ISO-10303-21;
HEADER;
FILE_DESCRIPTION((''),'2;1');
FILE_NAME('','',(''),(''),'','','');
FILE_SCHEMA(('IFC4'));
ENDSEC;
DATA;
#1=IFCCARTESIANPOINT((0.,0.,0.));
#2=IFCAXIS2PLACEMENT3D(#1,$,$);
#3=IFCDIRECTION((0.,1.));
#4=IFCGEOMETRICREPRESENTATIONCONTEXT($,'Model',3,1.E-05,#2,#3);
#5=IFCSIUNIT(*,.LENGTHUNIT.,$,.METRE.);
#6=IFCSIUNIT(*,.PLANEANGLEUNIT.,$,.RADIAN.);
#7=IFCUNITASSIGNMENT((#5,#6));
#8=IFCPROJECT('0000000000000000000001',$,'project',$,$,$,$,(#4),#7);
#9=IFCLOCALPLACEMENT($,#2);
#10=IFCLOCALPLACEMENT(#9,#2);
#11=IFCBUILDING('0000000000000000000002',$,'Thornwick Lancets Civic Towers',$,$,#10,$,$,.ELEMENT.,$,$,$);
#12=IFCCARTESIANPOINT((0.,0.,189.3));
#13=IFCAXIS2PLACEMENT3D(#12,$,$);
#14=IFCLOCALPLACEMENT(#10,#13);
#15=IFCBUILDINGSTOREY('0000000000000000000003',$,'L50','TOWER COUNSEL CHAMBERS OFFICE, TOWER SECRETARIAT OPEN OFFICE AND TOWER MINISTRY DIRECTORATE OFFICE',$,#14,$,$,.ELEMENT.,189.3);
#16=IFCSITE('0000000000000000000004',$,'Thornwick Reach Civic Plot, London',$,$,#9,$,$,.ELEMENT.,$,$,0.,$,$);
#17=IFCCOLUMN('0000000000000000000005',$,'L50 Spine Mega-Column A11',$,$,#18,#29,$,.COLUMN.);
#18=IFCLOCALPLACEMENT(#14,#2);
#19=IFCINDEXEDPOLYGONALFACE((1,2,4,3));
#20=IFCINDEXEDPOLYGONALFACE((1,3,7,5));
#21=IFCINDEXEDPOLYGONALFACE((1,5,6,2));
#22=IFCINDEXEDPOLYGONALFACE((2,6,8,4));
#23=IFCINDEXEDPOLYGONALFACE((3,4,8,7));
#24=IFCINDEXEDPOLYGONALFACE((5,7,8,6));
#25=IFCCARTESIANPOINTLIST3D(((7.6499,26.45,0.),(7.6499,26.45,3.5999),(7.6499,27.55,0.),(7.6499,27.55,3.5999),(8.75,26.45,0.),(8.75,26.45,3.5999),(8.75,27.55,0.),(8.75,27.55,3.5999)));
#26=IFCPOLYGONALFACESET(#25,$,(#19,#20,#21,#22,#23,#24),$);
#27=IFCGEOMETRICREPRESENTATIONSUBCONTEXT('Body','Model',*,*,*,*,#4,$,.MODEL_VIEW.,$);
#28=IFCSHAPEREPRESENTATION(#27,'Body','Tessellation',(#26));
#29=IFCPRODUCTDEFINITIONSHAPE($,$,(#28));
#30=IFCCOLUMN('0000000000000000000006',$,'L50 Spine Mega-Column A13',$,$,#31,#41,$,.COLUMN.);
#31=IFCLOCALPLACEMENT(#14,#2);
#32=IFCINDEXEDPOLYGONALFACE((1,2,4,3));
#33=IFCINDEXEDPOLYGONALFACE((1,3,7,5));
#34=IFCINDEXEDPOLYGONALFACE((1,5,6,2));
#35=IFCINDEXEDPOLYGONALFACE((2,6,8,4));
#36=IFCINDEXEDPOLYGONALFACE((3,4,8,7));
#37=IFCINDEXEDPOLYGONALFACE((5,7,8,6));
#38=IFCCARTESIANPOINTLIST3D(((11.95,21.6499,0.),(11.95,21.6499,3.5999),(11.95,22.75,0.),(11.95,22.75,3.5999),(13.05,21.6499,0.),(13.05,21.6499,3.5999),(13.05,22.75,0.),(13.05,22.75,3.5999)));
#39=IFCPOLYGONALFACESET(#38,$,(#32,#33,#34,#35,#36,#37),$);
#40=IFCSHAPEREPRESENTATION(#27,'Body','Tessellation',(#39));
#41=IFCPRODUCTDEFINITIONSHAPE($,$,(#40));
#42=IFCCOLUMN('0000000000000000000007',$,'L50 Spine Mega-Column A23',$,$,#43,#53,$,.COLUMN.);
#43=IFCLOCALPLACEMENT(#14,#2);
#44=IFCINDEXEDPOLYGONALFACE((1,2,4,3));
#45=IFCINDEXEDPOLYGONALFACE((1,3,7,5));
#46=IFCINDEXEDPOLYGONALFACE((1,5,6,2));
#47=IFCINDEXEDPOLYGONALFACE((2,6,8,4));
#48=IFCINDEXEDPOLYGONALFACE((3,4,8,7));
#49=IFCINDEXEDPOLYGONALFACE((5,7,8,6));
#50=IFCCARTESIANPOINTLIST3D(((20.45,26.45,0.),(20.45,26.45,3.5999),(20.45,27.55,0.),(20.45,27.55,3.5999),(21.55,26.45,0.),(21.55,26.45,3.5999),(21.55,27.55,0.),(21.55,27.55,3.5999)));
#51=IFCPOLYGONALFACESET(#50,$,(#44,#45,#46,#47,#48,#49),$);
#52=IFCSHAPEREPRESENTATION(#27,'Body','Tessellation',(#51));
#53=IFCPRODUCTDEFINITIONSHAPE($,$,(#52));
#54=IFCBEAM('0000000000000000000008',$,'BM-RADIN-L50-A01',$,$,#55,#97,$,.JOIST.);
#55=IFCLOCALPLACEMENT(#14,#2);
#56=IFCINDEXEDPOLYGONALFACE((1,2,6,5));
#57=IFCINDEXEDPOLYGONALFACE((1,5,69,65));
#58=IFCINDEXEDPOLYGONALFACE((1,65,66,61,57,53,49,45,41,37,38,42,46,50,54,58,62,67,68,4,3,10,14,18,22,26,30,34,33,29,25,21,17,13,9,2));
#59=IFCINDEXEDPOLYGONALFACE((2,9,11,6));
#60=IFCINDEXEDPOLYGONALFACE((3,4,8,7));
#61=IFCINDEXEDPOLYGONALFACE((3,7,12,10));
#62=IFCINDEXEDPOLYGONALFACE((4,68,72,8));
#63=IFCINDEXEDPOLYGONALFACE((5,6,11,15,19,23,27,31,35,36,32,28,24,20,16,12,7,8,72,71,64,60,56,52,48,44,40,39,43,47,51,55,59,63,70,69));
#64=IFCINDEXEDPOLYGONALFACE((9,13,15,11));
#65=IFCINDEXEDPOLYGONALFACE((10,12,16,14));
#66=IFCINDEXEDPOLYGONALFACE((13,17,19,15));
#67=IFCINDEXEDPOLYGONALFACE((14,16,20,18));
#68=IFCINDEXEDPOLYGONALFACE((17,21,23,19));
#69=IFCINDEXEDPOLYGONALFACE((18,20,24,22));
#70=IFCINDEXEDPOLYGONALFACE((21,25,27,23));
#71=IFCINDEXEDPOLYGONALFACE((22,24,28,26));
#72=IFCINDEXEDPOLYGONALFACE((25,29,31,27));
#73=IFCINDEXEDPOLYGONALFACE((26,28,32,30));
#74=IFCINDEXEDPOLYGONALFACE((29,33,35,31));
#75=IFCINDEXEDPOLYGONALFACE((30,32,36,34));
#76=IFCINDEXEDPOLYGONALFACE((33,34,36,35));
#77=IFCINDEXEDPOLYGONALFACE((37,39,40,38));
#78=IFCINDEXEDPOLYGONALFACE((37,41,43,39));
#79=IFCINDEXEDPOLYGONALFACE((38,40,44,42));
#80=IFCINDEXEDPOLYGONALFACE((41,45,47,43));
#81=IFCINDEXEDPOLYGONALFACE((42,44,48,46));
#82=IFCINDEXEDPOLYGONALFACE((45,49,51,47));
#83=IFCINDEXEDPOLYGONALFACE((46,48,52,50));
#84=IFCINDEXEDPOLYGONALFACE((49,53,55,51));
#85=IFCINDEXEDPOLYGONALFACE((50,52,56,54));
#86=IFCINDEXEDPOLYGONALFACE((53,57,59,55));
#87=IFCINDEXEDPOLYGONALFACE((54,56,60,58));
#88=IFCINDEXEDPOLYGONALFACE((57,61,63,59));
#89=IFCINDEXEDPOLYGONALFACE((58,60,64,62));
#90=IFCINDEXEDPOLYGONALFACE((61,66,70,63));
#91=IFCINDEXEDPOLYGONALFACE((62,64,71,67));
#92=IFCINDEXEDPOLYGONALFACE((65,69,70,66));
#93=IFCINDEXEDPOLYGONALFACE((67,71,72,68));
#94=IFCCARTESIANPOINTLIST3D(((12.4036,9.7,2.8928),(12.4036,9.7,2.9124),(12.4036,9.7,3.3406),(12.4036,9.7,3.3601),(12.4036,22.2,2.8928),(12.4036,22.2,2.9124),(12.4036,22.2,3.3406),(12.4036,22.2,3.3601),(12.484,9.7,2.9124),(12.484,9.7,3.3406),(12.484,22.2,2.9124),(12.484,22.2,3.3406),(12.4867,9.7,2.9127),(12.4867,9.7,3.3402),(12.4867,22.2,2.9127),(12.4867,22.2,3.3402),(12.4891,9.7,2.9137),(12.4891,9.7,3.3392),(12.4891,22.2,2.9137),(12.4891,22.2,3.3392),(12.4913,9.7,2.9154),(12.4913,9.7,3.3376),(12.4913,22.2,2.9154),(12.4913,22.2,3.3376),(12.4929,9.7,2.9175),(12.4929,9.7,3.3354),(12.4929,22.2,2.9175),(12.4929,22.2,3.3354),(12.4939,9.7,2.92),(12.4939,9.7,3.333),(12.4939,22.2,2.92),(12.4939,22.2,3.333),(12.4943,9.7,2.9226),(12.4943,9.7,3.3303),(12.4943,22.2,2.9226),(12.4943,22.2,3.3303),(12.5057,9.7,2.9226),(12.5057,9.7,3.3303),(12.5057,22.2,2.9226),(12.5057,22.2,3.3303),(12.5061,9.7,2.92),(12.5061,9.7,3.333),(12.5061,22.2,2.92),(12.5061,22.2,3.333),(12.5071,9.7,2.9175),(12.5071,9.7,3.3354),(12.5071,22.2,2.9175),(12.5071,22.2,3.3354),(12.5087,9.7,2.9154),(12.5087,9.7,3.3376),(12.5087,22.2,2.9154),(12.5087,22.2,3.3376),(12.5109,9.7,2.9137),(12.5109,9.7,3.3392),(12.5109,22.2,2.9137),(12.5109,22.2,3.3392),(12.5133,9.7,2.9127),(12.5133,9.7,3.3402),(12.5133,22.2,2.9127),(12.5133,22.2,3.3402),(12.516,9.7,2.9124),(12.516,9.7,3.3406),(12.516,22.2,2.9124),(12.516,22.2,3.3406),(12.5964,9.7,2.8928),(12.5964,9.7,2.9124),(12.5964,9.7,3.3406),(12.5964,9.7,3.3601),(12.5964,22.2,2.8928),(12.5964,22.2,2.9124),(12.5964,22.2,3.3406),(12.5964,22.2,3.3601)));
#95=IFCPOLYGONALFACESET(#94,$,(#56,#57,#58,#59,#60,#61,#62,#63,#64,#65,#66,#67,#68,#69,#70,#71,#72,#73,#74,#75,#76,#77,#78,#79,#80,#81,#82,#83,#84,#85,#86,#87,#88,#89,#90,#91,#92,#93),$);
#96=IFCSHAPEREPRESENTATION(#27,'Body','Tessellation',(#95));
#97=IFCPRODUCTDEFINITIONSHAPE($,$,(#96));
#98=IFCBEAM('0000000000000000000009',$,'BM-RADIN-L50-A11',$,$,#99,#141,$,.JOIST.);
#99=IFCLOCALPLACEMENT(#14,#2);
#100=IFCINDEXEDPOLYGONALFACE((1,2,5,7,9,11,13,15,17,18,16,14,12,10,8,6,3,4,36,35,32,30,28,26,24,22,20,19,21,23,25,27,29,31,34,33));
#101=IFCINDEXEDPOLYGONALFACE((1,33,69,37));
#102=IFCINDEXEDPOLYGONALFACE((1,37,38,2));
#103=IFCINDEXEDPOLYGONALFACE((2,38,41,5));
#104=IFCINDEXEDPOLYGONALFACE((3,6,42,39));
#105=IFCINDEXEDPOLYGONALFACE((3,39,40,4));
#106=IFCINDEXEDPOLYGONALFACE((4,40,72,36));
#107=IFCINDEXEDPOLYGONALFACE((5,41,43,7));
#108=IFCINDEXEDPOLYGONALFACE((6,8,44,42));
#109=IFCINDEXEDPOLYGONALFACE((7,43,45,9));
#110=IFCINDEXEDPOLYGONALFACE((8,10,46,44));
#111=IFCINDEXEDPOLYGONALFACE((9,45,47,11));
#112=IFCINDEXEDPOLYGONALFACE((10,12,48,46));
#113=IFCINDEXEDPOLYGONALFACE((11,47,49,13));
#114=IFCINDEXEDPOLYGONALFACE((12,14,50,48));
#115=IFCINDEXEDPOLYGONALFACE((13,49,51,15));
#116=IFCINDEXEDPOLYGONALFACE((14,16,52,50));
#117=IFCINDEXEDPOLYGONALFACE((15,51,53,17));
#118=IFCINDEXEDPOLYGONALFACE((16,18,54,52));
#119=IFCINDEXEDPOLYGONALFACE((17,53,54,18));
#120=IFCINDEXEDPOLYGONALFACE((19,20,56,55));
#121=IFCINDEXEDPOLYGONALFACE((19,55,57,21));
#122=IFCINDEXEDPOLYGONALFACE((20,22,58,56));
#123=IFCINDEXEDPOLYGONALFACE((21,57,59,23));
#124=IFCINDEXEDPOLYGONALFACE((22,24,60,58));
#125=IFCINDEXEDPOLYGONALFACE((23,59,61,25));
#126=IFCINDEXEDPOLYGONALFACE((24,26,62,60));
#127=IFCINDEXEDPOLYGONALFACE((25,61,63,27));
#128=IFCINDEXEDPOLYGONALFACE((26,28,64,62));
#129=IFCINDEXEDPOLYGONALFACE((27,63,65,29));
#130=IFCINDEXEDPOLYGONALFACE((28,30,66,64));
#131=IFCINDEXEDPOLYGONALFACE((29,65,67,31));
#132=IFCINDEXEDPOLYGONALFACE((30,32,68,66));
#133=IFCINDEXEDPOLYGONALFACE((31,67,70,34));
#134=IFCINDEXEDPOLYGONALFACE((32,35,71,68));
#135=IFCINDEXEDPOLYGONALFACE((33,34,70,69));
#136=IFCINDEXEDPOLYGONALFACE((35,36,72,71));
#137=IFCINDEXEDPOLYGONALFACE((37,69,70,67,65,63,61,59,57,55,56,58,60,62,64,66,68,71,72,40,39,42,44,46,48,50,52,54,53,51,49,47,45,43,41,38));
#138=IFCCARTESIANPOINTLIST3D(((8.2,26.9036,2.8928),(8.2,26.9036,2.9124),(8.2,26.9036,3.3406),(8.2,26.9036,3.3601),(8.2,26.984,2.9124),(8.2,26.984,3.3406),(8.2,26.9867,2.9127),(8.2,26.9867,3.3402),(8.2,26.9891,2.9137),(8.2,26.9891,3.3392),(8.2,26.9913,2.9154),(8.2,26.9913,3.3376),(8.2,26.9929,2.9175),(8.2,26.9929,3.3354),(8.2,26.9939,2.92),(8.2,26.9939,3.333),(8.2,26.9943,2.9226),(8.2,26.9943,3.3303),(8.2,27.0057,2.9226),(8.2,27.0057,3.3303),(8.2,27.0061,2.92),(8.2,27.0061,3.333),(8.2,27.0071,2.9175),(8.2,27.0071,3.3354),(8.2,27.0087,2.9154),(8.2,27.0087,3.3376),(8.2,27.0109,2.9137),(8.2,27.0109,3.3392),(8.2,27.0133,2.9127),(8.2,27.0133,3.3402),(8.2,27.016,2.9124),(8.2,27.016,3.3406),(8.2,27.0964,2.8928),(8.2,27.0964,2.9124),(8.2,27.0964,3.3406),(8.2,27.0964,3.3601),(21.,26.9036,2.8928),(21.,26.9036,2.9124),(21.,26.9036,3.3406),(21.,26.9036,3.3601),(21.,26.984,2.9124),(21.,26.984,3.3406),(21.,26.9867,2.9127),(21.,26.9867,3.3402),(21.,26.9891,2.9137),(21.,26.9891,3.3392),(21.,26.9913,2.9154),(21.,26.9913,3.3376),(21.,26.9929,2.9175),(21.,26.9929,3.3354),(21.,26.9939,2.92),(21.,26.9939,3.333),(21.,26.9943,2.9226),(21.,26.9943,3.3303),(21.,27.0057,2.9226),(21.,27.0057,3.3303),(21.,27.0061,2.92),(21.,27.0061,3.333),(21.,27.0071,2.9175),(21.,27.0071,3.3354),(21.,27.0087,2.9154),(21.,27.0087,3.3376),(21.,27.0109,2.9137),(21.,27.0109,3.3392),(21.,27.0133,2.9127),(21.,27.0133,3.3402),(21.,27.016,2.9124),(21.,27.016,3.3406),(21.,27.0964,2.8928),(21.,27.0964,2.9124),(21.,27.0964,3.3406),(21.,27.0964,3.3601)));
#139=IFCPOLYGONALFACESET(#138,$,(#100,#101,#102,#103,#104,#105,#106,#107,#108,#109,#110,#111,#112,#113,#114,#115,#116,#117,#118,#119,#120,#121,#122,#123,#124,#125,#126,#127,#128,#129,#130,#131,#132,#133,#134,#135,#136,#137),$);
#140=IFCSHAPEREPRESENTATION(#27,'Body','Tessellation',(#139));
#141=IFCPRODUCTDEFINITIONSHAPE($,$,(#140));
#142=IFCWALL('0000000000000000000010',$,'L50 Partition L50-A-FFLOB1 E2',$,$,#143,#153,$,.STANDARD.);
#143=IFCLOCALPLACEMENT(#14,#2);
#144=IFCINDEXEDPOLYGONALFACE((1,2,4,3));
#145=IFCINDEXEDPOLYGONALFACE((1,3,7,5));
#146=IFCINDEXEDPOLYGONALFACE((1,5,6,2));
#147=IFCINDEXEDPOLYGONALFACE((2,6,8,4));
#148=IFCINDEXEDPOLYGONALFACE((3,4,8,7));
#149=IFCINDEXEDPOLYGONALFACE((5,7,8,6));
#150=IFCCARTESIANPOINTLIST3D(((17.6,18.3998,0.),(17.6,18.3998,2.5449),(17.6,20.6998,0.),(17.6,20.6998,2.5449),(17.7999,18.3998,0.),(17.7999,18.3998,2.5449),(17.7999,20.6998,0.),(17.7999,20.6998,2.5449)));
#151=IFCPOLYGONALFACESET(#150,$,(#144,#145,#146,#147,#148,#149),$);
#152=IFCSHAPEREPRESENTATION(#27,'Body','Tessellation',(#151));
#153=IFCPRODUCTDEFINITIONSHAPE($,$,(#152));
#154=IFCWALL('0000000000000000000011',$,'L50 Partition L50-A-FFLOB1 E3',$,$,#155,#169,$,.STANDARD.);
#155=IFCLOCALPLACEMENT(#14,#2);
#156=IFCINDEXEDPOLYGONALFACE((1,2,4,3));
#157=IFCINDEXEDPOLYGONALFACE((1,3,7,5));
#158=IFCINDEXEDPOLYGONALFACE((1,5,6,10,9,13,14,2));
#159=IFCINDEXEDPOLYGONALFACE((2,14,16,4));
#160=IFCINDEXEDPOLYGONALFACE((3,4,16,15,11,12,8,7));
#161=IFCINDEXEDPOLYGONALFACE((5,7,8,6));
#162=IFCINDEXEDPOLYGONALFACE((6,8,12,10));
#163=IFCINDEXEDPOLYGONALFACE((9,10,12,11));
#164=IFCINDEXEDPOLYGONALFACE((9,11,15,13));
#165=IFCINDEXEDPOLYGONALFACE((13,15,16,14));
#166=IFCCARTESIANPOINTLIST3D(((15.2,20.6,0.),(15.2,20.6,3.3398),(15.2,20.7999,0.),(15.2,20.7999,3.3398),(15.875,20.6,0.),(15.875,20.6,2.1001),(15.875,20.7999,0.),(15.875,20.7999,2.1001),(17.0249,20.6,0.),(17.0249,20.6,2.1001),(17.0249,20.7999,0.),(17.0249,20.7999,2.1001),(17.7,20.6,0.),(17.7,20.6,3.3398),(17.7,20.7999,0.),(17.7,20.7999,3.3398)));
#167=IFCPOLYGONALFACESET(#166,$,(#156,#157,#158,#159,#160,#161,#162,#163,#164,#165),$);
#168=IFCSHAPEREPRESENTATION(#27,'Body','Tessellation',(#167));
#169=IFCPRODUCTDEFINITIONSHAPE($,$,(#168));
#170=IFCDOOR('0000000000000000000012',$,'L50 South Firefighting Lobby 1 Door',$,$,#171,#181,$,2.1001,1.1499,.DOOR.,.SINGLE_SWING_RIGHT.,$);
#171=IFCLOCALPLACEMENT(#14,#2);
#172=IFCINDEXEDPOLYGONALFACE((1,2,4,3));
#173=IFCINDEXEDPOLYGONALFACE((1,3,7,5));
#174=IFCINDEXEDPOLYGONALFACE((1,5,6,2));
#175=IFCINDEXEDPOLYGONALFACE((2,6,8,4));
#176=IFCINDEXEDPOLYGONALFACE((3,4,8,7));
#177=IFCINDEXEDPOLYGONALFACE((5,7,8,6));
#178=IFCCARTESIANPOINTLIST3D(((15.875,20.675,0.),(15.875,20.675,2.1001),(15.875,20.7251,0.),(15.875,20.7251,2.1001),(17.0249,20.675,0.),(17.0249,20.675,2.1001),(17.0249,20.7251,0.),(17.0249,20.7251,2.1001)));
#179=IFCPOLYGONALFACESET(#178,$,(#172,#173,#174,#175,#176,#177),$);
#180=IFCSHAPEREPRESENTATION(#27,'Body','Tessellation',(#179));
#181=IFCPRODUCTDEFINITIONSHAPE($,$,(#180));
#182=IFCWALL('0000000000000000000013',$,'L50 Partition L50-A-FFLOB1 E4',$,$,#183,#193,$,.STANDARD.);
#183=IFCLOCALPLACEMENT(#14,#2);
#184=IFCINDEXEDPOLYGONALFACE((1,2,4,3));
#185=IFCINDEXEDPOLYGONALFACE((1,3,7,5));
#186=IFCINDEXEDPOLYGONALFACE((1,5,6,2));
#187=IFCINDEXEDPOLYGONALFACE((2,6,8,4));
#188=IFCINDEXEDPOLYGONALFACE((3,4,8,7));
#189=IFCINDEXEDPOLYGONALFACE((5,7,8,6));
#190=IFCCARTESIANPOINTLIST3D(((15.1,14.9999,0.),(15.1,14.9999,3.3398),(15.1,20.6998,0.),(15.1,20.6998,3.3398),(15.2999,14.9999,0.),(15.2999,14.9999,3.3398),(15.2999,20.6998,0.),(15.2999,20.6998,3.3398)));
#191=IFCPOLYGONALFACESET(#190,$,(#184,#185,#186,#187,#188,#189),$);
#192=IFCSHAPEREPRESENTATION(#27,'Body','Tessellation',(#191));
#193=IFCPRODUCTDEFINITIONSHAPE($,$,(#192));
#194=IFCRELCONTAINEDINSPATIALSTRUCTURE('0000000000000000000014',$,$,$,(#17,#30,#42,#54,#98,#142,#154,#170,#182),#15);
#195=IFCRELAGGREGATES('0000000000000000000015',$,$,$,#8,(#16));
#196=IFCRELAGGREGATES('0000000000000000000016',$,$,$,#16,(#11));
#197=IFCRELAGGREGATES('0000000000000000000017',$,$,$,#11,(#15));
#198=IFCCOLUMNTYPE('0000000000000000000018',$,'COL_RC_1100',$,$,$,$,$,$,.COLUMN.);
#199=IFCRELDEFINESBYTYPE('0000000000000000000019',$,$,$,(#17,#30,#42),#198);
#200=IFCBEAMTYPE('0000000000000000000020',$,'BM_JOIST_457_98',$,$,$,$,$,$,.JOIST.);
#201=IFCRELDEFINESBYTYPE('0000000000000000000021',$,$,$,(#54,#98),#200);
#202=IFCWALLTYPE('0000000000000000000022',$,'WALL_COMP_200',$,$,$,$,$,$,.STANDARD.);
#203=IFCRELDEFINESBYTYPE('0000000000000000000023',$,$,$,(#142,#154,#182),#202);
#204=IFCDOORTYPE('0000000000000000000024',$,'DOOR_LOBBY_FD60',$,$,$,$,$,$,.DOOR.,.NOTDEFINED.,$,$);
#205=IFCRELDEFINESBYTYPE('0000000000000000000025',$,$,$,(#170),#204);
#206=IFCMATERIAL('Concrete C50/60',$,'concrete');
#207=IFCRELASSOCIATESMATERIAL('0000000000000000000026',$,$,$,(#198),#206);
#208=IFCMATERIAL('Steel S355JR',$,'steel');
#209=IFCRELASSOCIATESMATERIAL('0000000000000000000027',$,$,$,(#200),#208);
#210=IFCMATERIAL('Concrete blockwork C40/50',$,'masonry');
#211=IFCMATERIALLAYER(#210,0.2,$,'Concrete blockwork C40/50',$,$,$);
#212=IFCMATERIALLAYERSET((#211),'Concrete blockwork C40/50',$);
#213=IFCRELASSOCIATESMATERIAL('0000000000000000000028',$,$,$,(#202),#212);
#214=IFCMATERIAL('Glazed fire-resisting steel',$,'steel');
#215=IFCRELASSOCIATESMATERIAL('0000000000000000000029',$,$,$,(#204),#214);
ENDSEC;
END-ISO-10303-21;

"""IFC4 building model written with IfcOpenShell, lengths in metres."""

from ifc_helpers import new_model, si_unit, direction, frame, frame_2d, origin, origin_2d, place, context, subcontext, project, spatial, rectangle, i_section, extrude, material, layer, layer_set, material_profile, profile_set, type_object, element, fill, save


model = new_model("IFC4")

# Units and contexts
model_context = context("Model", 3, precision=1e-05, world=origin(), true_north=direction((0.0, 1.0)))
body_context = subcontext(model_context, "Body", "Model", "MODEL_VIEW")
ifc_project = project(units=[si_unit("LENGTHUNIT", "METRE"), si_unit("PLANEANGLEUNIT", "RADIAN")], contexts=[model_context])

# Site, building, storey
site_placement = place(None, origin())
site = spatial("IfcSite", under=ifc_project, at=site_placement, Name="Thornwick Reach Civic Plot, London", CompositionType="ELEMENT", RefElevation=0.0)
building_placement = place(site_placement, origin())
building = spatial("IfcBuilding", under=site, at=building_placement, Name="Thornwick Lancets Civic Towers", CompositionType="ELEMENT")
storey_placement = place(building_placement, frame((0.0, 0.0, 189.3)))
storey = spatial("IfcBuildingStorey", under=building, at=storey_placement, Name="L50", Description="TOWER COUNSEL CHAMBERS OFFICE, TOWER SECRETARIAT OPEN OFFICE AND TOWER MINISTRY DIRECTORATE OFFICE", CompositionType="ELEMENT", Elevation=189.3)

# Columns
ifc_material_1 = material(Name="Concrete C50/60", Category="concrete")
ifc_material_profile_1 = material_profile(ifc_material_1, rectangle(XDim=1.1001, YDim=1.1001, at=origin_2d()), Name="RC 1100x1100")
ifc_profile_set_1 = profile_set([ifc_material_profile_1], Name="Concrete C50/60")
column_type = type_object("IfcColumnType", Name="COL_RC_1100", PredefinedType="COLUMN", material=ifc_profile_set_1)
for number, where, z_axis, x_axis, name in (
    (1, (8.2, 27.0, 0.0), (0.0, 0.0, 1.0), (1.0, 0.0, 0.0), "L50 Spine Mega-Column A11"),
    (2, (12.5, 22.2, 0.0), (0.0, 0.0, 1.0), (1.0, 0.0, 0.0), "L50 Spine Mega-Column A13"),
    (3, (21.0, 27.0, 0.0), (0.0, 0.0, 1.0), (1.0, 0.0, 0.0), "L50 Spine Mega-Column A23"),
):
    element("IfcColumn", number, at=place(storey_placement, frame(where, z_axis=z_axis, x_axis=x_axis)), inside=storey, type_object=column_type, Name=name, PredefinedType="COLUMN", context=body_context, shape_type="SweptSolid", body=[
        extrude(rectangle(XDim=1.1001, YDim=1.1001, at=origin_2d()), origin(), (0.0, 0.0, 1.0), 3.5999),
    ])

# Beams
ifc_material_2 = material(Name="Steel S355JR", Category="steel")
ifc_material_profile_2 = material_profile(ifc_material_2, i_section(OverallWidth=0.1929, OverallDepth=0.4673, WebThickness=0.0115, FlangeThickness=0.0195, FilletRadius=0.0103, at=origin_2d()), Name="UKB 457x191x98")
ifc_profile_set_2 = profile_set([ifc_material_profile_2], Name="Steel S355JR")
beam_type = type_object("IfcBeamType", Name="BM_JOIST_457_98", PredefinedType="JOIST", material=ifc_profile_set_2)
beam_1_placement = place(storey_placement, frame((12.5, 22.2, 3.1265), z_axis=(0.0, -1.0, 0.0), x_axis=(1.0, 0.0, 0.0)))
element("IfcBeam", 4, at=beam_1_placement, inside=storey, type_object=beam_type, Name="BM-RADIN-L50-A01", PredefinedType="JOIST", context=body_context, shape_type="SweptSolid", body=[
    extrude(i_section(OverallWidth=0.1929, OverallDepth=0.4673, WebThickness=0.0115, FlangeThickness=0.0195, FilletRadius=0.0103, at=origin_2d()), origin(), (0.0, 0.0, 1.0), 12.5),
])
beam_2_placement = place(storey_placement, frame((21.0, 27.0, 3.1265), z_axis=(-1.0, 0.0, 0.0), x_axis=(0.0, -1.0, 0.0)))
element("IfcBeam", 5, at=beam_2_placement, inside=storey, type_object=beam_type, Name="BM-RADIN-L50-A11", PredefinedType="JOIST", context=body_context, shape_type="SweptSolid", body=[
    extrude(i_section(OverallWidth=0.1929, OverallDepth=0.4673, WebThickness=0.0115, FlangeThickness=0.0195, FilletRadius=0.0103, at=origin_2d()), origin(), (0.0, 0.0, 1.0), 12.8),
])

# Wall
ifc_material_3 = material(Name="Concrete blockwork C40/50", Category="masonry")
ifc_layer_1 = layer(ifc_material_3, 0.2, Name="Concrete blockwork C40/50")
ifc_layer_set_1 = layer_set([ifc_layer_1], Name="Concrete blockwork C40/50")
wall_type_1 = type_object("IfcWallType", Name="WALL_COMP_200", PredefinedType="STANDARD", material=ifc_layer_set_1)
wall_1_placement = place(storey_placement, frame((17.7, 18.3999, 0.0), z_axis=(0.0, 0.0, 1.0), x_axis=(0.0, 1.0, 0.0)))
element("IfcWall", 6, at=wall_1_placement, inside=storey, type_object=wall_type_1, Name="L50 Partition L50-A-FFLOB1 E2", PredefinedType="STANDARD", context=body_context, shape_type="SweptSolid", body=[
    extrude(rectangle(XDim=2.3, YDim=0.2, at=frame_2d((1.1499, 0.0))), origin(), (0.0, 0.0, 1.0), 2.5449),
])

# Wall, opening, door
wall_2_placement = place(storey_placement, frame((17.7, 20.7, 0.0), z_axis=(0.0, 0.0, 1.0), x_axis=(-1.0, 0.0, 0.0)))
wall_2 = element("IfcWall", 7, at=wall_2_placement, inside=storey, type_object=wall_type_1, Name="L50 Partition L50-A-FFLOB1 E3", PredefinedType="STANDARD", context=body_context, shape_type="SweptSolid", body=[
    extrude(rectangle(XDim=2.5, YDim=0.2, at=frame_2d((1.25, 0.0))), origin(), (0.0, 0.0, 1.0), 3.3398),
])
opening_1_placement = place(wall_2_placement, frame((0.675, 0.0, 0.0)))
opening_1 = element("IfcOpeningElement", 8, at=opening_1_placement, cuts=wall_2, PredefinedType="OPENING", context=body_context, shape_type="SweptSolid", body=[
    extrude(rectangle(XDim=1.1499, YDim=2.1001, at=frame_2d((0.575, 1.05))), frame((0.0, 0.1099, 0.0), z_axis=(0.0, -1.0, 0.0), x_axis=(1.0, 0.0, 0.0)), (0.0, 0.0, 1.0), 0.22),
])
ifc_material_4 = material(Name="Glazed fire-resisting steel", Category="steel")
door_type_1 = type_object("IfcDoorType", Name="DOOR_LOBBY_FD60", OperationType="NOTDEFINED", PredefinedType="DOOR", material=ifc_material_4)
door_1_placement = place(opening_1_placement, origin())
door_1 = element("IfcDoor", 9, at=door_1_placement, inside=storey, type_object=door_type_1, Name="L50 South Firefighting Lobby 1 Door", OperationType="SINGLE_SWING_RIGHT", OverallHeight=2.1001, OverallWidth=1.1499, PredefinedType="DOOR", context=body_context, shape_type="SweptSolid", body=[
    extrude(rectangle(XDim=1.1499, YDim=2.1001, at=frame_2d((0.575, 1.05))), frame((0.0, 0.0249, 0.0), z_axis=(0.0, -1.0, 0.0), x_axis=(1.0, 0.0, 0.0)), (0.0, 0.0, 1.0), 0.05),
])
fill(opening_1, door_1)

# Wall
wall_3_placement = place(storey_placement, frame((15.2, 20.7, 0.0), z_axis=(0.0, 0.0, 1.0), x_axis=(0.0, -1.0, 0.0)))
element("IfcWall", 10, at=wall_3_placement, inside=storey, type_object=wall_type_1, Name="L50 Partition L50-A-FFLOB1 E4", PredefinedType="STANDARD", context=body_context, shape_type="SweptSolid", body=[
    extrude(rectangle(XDim=5.7, YDim=0.2, at=frame_2d((2.8501, 0.0))), origin(), (0.0, 0.0, 1.0), 3.3398),
])

save(model, "model.ifc")
